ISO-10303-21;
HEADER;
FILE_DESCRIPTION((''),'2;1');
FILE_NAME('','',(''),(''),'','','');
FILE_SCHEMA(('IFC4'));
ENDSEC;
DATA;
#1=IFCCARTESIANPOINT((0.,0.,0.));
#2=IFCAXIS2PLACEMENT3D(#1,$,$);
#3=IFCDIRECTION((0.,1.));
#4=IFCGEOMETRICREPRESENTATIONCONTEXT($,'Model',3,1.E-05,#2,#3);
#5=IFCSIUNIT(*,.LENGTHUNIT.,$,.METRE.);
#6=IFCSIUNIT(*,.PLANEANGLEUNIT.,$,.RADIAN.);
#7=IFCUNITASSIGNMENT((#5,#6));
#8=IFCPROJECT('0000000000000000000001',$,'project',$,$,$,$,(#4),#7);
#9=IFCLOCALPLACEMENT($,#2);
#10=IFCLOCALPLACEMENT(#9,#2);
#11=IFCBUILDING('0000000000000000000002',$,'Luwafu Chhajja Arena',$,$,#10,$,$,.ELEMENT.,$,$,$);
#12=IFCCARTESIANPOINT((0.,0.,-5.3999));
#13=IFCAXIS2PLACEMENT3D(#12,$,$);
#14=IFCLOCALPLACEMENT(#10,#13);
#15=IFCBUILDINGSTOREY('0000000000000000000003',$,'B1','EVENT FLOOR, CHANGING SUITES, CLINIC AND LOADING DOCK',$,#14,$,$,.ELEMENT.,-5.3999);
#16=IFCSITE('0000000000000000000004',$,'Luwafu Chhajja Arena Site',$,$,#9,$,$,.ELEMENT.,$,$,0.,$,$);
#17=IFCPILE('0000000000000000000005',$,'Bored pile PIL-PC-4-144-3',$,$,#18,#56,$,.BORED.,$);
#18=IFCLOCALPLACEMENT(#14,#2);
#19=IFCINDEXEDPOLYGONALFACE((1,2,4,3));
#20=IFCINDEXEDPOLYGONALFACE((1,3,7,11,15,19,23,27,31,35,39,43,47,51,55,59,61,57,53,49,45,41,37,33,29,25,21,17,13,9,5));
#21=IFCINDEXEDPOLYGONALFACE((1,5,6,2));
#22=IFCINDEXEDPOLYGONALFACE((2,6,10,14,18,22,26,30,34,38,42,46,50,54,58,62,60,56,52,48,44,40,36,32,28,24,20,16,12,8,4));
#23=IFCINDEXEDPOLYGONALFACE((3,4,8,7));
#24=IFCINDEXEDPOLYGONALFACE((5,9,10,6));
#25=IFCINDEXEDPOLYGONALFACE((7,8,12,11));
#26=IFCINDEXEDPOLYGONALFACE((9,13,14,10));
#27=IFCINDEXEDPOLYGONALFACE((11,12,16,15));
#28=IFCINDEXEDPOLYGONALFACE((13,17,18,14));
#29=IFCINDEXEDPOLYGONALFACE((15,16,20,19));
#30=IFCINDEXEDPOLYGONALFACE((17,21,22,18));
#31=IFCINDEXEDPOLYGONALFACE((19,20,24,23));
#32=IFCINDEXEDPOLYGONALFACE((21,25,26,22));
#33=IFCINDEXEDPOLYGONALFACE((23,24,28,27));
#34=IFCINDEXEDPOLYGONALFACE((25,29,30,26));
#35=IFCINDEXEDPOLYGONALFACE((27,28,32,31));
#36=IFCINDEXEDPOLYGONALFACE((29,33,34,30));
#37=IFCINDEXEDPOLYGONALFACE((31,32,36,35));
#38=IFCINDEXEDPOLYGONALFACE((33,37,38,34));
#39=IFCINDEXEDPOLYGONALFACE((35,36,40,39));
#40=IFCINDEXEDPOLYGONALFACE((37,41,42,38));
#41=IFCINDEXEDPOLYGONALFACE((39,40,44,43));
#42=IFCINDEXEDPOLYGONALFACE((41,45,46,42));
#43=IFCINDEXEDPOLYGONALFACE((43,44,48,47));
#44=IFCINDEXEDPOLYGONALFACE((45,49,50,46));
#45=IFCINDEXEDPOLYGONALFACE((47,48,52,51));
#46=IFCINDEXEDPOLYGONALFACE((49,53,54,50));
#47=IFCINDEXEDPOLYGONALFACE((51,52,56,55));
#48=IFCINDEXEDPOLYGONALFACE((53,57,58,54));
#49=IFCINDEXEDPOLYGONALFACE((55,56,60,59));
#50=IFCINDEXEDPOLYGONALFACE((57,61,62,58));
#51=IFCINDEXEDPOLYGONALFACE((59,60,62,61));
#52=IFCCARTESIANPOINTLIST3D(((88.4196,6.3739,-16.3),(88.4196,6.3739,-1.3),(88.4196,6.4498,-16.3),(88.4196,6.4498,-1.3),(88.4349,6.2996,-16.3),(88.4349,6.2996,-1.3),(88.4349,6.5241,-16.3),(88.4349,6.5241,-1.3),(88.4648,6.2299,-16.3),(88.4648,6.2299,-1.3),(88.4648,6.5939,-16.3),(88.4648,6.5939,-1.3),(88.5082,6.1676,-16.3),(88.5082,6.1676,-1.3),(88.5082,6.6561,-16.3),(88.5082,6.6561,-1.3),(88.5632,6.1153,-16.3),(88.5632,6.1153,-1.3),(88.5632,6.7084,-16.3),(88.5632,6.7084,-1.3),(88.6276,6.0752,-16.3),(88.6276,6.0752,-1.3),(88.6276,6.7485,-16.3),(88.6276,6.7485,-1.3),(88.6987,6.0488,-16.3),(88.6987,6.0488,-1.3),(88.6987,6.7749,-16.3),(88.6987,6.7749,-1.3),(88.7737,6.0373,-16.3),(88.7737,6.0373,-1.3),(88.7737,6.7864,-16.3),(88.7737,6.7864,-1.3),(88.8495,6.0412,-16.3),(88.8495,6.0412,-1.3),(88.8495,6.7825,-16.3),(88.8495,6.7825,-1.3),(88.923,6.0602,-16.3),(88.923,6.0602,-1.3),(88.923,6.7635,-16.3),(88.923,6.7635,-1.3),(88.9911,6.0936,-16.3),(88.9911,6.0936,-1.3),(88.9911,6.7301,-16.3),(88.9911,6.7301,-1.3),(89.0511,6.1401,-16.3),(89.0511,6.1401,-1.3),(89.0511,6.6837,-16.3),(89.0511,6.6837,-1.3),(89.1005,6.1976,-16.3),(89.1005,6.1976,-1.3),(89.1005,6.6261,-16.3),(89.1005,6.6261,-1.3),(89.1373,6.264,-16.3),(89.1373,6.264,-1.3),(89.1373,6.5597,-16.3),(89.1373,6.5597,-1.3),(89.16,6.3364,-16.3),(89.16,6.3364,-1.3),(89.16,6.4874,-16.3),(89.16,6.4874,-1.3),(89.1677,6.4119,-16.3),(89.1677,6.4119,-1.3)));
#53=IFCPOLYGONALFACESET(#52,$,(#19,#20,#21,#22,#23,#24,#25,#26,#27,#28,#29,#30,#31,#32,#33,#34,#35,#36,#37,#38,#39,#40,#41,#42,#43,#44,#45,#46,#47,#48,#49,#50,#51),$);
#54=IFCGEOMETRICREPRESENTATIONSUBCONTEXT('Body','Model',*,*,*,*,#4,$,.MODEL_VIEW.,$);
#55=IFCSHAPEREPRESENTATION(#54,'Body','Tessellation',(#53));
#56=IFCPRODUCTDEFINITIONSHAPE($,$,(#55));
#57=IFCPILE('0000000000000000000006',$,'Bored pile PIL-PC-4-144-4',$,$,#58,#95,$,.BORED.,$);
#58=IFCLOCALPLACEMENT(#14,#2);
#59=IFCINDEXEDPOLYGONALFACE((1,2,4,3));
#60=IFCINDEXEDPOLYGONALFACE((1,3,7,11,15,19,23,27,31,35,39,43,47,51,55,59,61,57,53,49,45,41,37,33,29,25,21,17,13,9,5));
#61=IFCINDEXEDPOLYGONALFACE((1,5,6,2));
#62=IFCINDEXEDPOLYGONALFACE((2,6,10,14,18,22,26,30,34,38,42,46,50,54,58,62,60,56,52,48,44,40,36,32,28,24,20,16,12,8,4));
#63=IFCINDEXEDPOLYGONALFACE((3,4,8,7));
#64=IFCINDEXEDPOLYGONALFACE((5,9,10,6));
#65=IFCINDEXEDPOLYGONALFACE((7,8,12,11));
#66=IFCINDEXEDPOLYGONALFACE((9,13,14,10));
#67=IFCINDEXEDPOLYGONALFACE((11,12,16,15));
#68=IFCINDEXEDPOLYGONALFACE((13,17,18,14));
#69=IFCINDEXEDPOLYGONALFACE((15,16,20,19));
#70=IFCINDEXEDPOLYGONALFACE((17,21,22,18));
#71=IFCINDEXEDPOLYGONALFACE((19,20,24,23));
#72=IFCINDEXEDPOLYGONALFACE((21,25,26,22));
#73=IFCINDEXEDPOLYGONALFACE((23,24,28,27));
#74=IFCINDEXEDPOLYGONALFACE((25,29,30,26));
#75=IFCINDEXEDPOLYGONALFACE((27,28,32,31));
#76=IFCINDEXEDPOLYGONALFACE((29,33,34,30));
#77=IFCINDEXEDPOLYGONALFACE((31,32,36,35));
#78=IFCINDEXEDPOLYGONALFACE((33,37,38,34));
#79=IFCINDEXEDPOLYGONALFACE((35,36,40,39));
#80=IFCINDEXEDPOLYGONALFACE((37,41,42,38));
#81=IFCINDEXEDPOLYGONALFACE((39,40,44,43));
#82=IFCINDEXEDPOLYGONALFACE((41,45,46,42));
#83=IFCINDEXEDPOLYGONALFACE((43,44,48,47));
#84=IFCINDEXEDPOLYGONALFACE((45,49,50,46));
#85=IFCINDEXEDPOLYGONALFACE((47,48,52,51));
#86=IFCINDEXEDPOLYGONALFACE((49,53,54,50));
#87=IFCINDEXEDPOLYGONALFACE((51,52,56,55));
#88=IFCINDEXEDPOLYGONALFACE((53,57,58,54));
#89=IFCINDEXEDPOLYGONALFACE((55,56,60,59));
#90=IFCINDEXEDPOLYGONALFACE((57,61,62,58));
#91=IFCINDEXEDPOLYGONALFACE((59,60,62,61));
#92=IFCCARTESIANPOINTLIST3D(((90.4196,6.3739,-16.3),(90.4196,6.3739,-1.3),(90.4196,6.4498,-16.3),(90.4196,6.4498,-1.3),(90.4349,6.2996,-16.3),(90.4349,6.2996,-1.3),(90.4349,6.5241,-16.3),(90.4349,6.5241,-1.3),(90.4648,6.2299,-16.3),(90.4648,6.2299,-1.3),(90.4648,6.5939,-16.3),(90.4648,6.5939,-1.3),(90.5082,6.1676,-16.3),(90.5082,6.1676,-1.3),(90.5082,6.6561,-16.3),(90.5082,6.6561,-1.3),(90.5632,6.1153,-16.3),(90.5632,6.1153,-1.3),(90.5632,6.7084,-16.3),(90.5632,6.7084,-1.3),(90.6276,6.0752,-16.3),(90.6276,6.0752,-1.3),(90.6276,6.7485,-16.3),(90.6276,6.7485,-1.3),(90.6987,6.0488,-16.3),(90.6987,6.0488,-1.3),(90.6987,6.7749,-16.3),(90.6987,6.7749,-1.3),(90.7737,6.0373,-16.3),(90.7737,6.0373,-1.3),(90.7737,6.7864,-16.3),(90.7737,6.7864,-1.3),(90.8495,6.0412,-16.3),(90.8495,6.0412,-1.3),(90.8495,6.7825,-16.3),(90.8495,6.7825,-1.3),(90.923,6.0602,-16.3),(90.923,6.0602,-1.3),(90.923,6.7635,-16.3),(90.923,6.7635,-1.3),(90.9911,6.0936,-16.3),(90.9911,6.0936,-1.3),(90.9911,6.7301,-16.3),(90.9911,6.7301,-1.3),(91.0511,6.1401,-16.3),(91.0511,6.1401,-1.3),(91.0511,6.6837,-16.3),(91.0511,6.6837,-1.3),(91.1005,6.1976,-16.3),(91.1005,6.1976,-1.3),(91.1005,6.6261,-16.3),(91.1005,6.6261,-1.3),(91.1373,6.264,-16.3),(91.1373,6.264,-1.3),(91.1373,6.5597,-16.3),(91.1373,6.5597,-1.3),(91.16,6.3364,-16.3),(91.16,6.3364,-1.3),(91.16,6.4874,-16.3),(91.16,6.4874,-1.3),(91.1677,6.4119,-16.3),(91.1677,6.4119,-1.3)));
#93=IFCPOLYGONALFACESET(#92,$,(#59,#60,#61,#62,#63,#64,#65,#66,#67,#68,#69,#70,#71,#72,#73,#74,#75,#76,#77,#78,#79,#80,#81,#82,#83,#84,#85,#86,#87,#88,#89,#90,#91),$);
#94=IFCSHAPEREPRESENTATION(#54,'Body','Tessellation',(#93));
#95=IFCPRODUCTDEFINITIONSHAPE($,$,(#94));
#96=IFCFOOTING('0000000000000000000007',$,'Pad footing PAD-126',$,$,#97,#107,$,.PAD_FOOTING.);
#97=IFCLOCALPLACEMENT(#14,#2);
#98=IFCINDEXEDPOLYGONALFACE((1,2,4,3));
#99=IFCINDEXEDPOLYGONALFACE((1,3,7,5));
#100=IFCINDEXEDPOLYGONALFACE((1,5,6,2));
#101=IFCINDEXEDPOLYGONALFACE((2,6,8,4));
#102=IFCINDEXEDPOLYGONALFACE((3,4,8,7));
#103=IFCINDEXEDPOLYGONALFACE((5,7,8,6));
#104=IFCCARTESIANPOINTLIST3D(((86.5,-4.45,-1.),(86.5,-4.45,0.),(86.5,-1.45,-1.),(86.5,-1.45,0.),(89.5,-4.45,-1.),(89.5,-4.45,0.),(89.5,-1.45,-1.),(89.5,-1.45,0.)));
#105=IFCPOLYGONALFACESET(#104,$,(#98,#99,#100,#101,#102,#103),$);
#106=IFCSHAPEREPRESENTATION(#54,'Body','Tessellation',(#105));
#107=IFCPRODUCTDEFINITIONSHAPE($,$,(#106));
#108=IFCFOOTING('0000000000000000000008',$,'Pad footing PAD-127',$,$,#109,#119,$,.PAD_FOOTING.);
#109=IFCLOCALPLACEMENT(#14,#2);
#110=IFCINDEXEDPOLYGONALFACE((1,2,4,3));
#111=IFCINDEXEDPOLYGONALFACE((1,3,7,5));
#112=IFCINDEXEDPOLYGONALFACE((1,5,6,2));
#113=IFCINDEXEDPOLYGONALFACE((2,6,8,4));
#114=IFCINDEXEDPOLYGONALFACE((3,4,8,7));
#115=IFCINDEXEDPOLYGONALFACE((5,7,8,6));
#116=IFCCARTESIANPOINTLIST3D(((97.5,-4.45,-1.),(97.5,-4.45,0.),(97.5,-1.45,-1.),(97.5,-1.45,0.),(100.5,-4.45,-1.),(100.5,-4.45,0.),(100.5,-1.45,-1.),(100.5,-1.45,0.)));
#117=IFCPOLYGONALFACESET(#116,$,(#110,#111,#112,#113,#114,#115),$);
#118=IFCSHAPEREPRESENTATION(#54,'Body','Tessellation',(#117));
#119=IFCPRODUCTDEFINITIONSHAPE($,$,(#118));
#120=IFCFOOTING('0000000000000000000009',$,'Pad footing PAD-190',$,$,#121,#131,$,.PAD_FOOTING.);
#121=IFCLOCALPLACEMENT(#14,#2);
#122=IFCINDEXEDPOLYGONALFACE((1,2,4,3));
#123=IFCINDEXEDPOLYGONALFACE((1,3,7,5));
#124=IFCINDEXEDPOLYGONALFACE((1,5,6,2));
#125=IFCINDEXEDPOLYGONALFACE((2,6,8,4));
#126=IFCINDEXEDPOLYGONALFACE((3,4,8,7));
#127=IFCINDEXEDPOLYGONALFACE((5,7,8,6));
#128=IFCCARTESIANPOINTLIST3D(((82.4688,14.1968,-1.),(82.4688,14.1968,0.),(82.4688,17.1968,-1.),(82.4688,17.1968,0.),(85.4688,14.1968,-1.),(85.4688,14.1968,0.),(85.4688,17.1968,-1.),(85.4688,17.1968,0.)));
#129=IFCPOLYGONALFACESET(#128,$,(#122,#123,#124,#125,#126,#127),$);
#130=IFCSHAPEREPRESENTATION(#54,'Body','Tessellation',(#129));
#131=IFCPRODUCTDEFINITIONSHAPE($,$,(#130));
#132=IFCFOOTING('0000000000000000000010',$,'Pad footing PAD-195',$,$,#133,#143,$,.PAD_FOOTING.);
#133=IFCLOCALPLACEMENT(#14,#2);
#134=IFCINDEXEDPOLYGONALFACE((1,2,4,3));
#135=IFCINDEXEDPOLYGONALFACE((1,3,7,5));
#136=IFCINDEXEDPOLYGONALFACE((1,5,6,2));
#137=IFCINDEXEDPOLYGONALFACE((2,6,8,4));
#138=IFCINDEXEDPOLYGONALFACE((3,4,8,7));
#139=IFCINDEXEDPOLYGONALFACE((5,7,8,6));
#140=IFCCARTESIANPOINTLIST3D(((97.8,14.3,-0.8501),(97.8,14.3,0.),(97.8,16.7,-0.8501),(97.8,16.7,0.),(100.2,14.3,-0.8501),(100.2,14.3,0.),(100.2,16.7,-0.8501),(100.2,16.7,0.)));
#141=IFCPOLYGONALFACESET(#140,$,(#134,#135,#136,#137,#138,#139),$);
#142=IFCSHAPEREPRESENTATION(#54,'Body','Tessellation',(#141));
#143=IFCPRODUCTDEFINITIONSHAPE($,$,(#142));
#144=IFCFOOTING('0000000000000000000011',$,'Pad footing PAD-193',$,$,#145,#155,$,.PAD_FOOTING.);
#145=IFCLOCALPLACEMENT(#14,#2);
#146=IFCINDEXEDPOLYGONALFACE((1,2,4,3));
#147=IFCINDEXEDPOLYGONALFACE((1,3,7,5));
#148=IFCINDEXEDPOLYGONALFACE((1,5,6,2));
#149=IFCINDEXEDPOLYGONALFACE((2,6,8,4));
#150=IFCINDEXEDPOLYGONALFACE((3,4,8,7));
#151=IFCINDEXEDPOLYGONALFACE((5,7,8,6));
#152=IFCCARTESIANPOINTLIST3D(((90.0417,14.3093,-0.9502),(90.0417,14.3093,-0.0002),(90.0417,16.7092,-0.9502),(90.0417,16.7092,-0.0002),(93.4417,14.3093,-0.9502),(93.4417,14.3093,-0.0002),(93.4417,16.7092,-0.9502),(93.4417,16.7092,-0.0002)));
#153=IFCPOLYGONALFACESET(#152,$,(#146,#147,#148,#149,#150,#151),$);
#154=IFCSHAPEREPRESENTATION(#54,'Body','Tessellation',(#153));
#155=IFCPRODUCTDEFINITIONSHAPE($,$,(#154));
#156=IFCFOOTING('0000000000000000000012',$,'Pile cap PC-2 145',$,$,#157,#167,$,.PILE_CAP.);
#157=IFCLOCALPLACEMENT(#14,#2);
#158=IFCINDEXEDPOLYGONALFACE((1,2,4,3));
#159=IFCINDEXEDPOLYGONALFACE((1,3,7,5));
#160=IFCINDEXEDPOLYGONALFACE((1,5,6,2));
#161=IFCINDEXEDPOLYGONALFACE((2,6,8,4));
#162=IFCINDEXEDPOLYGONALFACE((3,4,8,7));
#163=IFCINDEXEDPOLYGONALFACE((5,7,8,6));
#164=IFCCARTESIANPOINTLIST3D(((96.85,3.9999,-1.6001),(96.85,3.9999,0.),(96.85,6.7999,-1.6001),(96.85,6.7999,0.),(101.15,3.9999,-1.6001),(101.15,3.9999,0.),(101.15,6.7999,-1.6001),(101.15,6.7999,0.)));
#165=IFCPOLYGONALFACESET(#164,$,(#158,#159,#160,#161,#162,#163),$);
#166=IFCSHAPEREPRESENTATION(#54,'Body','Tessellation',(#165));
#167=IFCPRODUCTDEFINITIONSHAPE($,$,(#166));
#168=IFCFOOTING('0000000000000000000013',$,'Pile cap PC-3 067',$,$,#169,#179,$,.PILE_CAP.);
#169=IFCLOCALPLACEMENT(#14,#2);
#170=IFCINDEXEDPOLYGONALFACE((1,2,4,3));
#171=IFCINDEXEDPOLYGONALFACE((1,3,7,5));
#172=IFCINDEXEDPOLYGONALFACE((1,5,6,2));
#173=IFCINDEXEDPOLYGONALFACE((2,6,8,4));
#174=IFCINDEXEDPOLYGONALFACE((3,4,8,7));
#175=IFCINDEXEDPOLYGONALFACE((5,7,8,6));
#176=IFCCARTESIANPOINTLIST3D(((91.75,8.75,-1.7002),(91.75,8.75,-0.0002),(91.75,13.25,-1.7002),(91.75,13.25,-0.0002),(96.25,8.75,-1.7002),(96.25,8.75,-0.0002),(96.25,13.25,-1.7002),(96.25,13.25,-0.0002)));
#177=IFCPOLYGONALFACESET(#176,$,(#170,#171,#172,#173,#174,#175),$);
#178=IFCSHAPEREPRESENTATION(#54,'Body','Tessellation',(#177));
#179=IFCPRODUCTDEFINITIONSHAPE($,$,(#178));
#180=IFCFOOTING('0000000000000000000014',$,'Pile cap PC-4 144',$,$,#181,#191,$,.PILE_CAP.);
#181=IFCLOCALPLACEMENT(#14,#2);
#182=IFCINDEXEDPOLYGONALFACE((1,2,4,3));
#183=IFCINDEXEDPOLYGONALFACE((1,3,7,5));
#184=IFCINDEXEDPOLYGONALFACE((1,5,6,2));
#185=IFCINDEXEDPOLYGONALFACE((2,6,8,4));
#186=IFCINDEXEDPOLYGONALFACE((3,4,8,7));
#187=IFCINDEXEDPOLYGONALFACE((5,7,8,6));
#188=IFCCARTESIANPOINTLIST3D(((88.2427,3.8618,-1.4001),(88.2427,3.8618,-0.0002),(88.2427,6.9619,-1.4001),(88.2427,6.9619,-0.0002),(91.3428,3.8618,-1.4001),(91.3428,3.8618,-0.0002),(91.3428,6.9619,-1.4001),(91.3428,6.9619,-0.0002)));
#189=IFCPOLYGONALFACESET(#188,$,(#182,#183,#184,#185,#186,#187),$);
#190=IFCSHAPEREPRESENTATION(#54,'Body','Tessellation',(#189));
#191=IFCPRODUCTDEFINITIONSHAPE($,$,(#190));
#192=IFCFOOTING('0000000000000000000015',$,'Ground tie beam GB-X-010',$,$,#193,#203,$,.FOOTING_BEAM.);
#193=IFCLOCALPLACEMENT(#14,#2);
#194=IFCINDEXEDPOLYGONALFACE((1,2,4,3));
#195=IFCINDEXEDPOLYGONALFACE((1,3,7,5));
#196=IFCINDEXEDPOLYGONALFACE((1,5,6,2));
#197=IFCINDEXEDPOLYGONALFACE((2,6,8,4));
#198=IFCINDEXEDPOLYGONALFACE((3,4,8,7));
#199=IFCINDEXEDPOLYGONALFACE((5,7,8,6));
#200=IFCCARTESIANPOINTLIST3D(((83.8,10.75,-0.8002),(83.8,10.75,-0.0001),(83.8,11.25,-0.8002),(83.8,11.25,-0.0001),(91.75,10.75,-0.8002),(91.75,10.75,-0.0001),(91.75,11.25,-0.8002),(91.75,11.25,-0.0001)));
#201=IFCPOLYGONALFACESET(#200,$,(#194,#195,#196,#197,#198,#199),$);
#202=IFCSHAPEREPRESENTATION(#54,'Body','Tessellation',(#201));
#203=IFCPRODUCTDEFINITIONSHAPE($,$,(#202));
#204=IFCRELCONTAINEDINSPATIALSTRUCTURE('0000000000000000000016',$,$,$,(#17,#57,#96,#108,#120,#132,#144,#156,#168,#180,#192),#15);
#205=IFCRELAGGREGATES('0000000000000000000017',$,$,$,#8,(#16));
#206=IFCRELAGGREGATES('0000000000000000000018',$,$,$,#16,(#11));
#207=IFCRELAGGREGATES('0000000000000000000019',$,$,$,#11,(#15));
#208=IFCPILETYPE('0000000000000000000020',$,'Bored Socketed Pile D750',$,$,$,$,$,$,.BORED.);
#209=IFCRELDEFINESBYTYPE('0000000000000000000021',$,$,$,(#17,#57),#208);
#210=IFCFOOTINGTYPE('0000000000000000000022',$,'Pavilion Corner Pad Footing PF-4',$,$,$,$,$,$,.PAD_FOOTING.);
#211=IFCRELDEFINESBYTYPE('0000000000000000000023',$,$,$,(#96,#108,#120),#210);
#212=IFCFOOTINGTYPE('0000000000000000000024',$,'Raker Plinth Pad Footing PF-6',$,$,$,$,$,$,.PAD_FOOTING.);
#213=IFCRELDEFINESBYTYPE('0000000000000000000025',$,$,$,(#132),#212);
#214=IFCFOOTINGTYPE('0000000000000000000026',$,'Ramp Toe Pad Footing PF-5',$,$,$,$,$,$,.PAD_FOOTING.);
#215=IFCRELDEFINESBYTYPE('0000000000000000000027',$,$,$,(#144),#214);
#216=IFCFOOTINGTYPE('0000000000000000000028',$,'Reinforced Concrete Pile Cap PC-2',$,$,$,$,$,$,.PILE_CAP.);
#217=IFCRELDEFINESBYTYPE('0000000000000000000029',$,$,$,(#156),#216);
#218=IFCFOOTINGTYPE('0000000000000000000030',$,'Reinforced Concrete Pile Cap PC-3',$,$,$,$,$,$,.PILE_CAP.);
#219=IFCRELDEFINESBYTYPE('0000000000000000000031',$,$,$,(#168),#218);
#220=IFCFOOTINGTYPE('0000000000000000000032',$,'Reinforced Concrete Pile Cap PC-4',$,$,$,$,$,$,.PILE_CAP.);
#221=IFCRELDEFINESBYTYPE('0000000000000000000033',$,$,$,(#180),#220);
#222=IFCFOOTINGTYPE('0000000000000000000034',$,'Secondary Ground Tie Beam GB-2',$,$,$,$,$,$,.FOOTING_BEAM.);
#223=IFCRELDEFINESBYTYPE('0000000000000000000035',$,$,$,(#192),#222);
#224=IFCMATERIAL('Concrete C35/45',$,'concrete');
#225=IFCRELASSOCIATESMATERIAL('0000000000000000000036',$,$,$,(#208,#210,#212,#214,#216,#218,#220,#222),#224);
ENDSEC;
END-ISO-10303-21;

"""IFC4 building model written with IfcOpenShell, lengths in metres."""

from ifc_helpers import new_model, si_unit, direction, frame, origin, origin_2d, place, context, subcontext, project, spatial, rectangle, circle, extrude, material, material_profile, profile_set, type_object, element, save


model = new_model("IFC4")

# Units and contexts
model_context = context("Model", 3, precision=1e-05, world=origin(), true_north=direction((0.0, 1.0)))
body_context = subcontext(model_context, "Body", "Model", "MODEL_VIEW")
ifc_project = project(units=[si_unit("LENGTHUNIT", "METRE"), si_unit("PLANEANGLEUNIT", "RADIAN")], contexts=[model_context])

# Site, building, storey
site_placement = place(None, origin())
site = spatial("IfcSite", under=ifc_project, at=site_placement, Name="Luwafu Chhajja Arena Site", CompositionType="ELEMENT", RefElevation=0.0)
building_placement = place(site_placement, origin())
building = spatial("IfcBuilding", under=site, at=building_placement, Name="Luwafu Chhajja Arena", CompositionType="ELEMENT")
storey_placement = place(building_placement, frame((0.0, 0.0, -5.3999)))
storey = spatial("IfcBuildingStorey", under=building, at=storey_placement, Name="B1", Description="EVENT FLOOR, CHANGING SUITES, CLINIC AND LOADING DOCK", CompositionType="ELEMENT", Elevation=-5.3999)

# Shared definitions
ifc_material_1 = material(Name="Concrete C35/45", Category="concrete")

# Piles
ifc_material_profile_1 = material_profile(ifc_material_1, circle(Radius=0.375, at=origin_2d()), Name="PILE D750")
ifc_profile_set_1 = profile_set([ifc_material_profile_1], Name="Concrete C35/45")
pile_type_1 = type_object("IfcPileType", Name="Bored Socketed Pile D750", PredefinedType="BORED", material=ifc_profile_set_1)
for number, where, z_axis, x_axis, name in (
    (1, (88.7927, 6.4119, -1.3), (0.0, 0.0, -1.0), (1.0, 0.0, 0.0), "Bored pile PIL-PC-4-144-3"),
    (2, (90.7927, 6.4119, -1.3), (0.0, 0.0, -1.0), (1.0, 0.0, 0.0), "Bored pile PIL-PC-4-144-4"),
):
    element("IfcPile", number, at=place(storey_placement, frame(where, z_axis=z_axis, x_axis=x_axis)), inside=storey, type_object=pile_type_1, Name=name, PredefinedType="BORED", context=body_context, shape_type="SweptSolid", body=[
        extrude(circle(Radius=0.375, at=origin_2d()), origin(), (0.0, 0.0, 1.0), 15.0),
    ])

# Footings
footing_type_1 = type_object("IfcFootingType", Name="Pavilion Corner Pad Footing PF-4", PredefinedType="PAD_FOOTING", material=ifc_material_1)
for number, where, z_axis, x_axis, name in (
    (3, (88.0, -2.95, -1.0), (0.0, 0.0, 1.0), (1.0, 0.0, 0.0), "Pad footing PAD-126"),
    (4, (99.0, -2.95, -1.0), (0.0, 0.0, 1.0), (1.0, 0.0, 0.0), "Pad footing PAD-127"),
    (5, (83.9688, 15.6968, -1.0), (0.0, 0.0, 1.0), (1.0, 0.0, 0.0), "Pad footing PAD-190"),
):
    element("IfcFooting", number, at=place(storey_placement, frame(where, z_axis=z_axis, x_axis=x_axis)), inside=storey, type_object=footing_type_1, Name=name, PredefinedType="PAD_FOOTING", context=body_context, shape_type="SweptSolid", body=[
        extrude(rectangle(XDim=3.0, YDim=3.0, at=origin_2d()), origin(), (0.0, 0.0, 1.0), 1.0),
    ])
footing_type_2 = type_object("IfcFootingType", Name="Raker Plinth Pad Footing PF-6", PredefinedType="PAD_FOOTING", material=ifc_material_1)
footing_1_placement = place(storey_placement, frame((99.0, 15.5, -0.8501), z_axis=(0.0, 0.0, 1.0), x_axis=(1.0, 0.0, 0.0)))
element("IfcFooting", 6, at=footing_1_placement, inside=storey, type_object=footing_type_2, Name="Pad footing PAD-195", PredefinedType="PAD_FOOTING", context=body_context, shape_type="SweptSolid", body=[
    extrude(rectangle(XDim=2.3999, YDim=2.3999, at=origin_2d()), origin(), (0.0, 0.0, 1.0), 0.8501),
])
footing_type_3 = type_object("IfcFootingType", Name="Ramp Toe Pad Footing PF-5", PredefinedType="PAD_FOOTING", material=ifc_material_1)
footing_2_placement = place(storey_placement, frame((91.7417, 15.5093, -0.9502), z_axis=(0.0, 0.0, 1.0), x_axis=(1.0, 0.0, 0.0)))
element("IfcFooting", 7, at=footing_2_placement, inside=storey, type_object=footing_type_3, Name="Pad footing PAD-193", PredefinedType="PAD_FOOTING", context=body_context, shape_type="SweptSolid", body=[
    extrude(rectangle(XDim=3.3999, YDim=2.3999, at=origin_2d()), origin(), (0.0, 0.0, 1.0), 0.95),
])
footing_type_4 = type_object("IfcFootingType", Name="Reinforced Concrete Pile Cap PC-2", PredefinedType="PILE_CAP", material=ifc_material_1)
footing_3_placement = place(storey_placement, frame((99.0, 5.3999, -1.6001), z_axis=(0.0, 0.0, 1.0), x_axis=(1.0, 0.0, 0.0)))
element("IfcFooting", 8, at=footing_3_placement, inside=storey, type_object=footing_type_4, Name="Pile cap PC-2 145", PredefinedType="PILE_CAP", context=body_context, shape_type="SweptSolid", body=[
    extrude(rectangle(XDim=4.3, YDim=2.8, at=origin_2d()), origin(), (0.0, 0.0, 1.0), 1.6001),
])
footing_type_5 = type_object("IfcFootingType", Name="Reinforced Concrete Pile Cap PC-3", PredefinedType="PILE_CAP", material=ifc_material_1)
footing_4_placement = place(storey_placement, frame((94.0, 11.0, -1.7002), z_axis=(0.0, 0.0, 1.0), x_axis=(1.0, 0.0, 0.0)))
element("IfcFooting", 9, at=footing_4_placement, inside=storey, type_object=footing_type_5, Name="Pile cap PC-3 067", PredefinedType="PILE_CAP", context=body_context, shape_type="SweptSolid", body=[
    extrude(rectangle(XDim=4.5, YDim=4.5, at=origin_2d()), origin(), (0.0, 0.0, 1.0), 1.7),
])
footing_type_6 = type_object("IfcFootingType", Name="Reinforced Concrete Pile Cap PC-4", PredefinedType="PILE_CAP", material=ifc_material_1)
footing_5_placement = place(storey_placement, frame((89.7927, 5.4119, -1.4001), z_axis=(0.0, 0.0, 1.0), x_axis=(1.0, 0.0, 0.0)))
element("IfcFooting", 10, at=footing_5_placement, inside=storey, type_object=footing_type_6, Name="Pile cap PC-4 144", PredefinedType="PILE_CAP", context=body_context, shape_type="SweptSolid", body=[
    extrude(rectangle(XDim=3.1001, YDim=3.1001, at=origin_2d()), origin(), (0.0, 0.0, 1.0), 1.3999),
])
ifc_material_profile_2 = material_profile(ifc_material_1, rectangle(XDim=0.5, YDim=0.8, at=origin_2d()), Name="RC 500x800")
ifc_profile_set_2 = profile_set([ifc_material_profile_2], Name="Concrete C35/45")
footing_type_7 = type_object("IfcFootingType", Name="Secondary Ground Tie Beam GB-2", PredefinedType="FOOTING_BEAM", material=ifc_profile_set_2)
footing_6_placement = place(storey_placement, frame((83.8, 11.0, -0.4001), z_axis=(1.0, 0.0, 0.0), x_axis=(0.0, 1.0, 0.0)))
element("IfcFooting", 11, at=footing_6_placement, inside=storey, type_object=footing_type_7, Name="Ground tie beam GB-X-010", PredefinedType="FOOTING_BEAM", context=body_context, shape_type="SweptSolid", body=[
    extrude(rectangle(XDim=0.5, YDim=0.8, at=origin_2d()), origin(), (0.0, 0.0, 1.0), 7.95),
])

save(model, "model.ifc")
